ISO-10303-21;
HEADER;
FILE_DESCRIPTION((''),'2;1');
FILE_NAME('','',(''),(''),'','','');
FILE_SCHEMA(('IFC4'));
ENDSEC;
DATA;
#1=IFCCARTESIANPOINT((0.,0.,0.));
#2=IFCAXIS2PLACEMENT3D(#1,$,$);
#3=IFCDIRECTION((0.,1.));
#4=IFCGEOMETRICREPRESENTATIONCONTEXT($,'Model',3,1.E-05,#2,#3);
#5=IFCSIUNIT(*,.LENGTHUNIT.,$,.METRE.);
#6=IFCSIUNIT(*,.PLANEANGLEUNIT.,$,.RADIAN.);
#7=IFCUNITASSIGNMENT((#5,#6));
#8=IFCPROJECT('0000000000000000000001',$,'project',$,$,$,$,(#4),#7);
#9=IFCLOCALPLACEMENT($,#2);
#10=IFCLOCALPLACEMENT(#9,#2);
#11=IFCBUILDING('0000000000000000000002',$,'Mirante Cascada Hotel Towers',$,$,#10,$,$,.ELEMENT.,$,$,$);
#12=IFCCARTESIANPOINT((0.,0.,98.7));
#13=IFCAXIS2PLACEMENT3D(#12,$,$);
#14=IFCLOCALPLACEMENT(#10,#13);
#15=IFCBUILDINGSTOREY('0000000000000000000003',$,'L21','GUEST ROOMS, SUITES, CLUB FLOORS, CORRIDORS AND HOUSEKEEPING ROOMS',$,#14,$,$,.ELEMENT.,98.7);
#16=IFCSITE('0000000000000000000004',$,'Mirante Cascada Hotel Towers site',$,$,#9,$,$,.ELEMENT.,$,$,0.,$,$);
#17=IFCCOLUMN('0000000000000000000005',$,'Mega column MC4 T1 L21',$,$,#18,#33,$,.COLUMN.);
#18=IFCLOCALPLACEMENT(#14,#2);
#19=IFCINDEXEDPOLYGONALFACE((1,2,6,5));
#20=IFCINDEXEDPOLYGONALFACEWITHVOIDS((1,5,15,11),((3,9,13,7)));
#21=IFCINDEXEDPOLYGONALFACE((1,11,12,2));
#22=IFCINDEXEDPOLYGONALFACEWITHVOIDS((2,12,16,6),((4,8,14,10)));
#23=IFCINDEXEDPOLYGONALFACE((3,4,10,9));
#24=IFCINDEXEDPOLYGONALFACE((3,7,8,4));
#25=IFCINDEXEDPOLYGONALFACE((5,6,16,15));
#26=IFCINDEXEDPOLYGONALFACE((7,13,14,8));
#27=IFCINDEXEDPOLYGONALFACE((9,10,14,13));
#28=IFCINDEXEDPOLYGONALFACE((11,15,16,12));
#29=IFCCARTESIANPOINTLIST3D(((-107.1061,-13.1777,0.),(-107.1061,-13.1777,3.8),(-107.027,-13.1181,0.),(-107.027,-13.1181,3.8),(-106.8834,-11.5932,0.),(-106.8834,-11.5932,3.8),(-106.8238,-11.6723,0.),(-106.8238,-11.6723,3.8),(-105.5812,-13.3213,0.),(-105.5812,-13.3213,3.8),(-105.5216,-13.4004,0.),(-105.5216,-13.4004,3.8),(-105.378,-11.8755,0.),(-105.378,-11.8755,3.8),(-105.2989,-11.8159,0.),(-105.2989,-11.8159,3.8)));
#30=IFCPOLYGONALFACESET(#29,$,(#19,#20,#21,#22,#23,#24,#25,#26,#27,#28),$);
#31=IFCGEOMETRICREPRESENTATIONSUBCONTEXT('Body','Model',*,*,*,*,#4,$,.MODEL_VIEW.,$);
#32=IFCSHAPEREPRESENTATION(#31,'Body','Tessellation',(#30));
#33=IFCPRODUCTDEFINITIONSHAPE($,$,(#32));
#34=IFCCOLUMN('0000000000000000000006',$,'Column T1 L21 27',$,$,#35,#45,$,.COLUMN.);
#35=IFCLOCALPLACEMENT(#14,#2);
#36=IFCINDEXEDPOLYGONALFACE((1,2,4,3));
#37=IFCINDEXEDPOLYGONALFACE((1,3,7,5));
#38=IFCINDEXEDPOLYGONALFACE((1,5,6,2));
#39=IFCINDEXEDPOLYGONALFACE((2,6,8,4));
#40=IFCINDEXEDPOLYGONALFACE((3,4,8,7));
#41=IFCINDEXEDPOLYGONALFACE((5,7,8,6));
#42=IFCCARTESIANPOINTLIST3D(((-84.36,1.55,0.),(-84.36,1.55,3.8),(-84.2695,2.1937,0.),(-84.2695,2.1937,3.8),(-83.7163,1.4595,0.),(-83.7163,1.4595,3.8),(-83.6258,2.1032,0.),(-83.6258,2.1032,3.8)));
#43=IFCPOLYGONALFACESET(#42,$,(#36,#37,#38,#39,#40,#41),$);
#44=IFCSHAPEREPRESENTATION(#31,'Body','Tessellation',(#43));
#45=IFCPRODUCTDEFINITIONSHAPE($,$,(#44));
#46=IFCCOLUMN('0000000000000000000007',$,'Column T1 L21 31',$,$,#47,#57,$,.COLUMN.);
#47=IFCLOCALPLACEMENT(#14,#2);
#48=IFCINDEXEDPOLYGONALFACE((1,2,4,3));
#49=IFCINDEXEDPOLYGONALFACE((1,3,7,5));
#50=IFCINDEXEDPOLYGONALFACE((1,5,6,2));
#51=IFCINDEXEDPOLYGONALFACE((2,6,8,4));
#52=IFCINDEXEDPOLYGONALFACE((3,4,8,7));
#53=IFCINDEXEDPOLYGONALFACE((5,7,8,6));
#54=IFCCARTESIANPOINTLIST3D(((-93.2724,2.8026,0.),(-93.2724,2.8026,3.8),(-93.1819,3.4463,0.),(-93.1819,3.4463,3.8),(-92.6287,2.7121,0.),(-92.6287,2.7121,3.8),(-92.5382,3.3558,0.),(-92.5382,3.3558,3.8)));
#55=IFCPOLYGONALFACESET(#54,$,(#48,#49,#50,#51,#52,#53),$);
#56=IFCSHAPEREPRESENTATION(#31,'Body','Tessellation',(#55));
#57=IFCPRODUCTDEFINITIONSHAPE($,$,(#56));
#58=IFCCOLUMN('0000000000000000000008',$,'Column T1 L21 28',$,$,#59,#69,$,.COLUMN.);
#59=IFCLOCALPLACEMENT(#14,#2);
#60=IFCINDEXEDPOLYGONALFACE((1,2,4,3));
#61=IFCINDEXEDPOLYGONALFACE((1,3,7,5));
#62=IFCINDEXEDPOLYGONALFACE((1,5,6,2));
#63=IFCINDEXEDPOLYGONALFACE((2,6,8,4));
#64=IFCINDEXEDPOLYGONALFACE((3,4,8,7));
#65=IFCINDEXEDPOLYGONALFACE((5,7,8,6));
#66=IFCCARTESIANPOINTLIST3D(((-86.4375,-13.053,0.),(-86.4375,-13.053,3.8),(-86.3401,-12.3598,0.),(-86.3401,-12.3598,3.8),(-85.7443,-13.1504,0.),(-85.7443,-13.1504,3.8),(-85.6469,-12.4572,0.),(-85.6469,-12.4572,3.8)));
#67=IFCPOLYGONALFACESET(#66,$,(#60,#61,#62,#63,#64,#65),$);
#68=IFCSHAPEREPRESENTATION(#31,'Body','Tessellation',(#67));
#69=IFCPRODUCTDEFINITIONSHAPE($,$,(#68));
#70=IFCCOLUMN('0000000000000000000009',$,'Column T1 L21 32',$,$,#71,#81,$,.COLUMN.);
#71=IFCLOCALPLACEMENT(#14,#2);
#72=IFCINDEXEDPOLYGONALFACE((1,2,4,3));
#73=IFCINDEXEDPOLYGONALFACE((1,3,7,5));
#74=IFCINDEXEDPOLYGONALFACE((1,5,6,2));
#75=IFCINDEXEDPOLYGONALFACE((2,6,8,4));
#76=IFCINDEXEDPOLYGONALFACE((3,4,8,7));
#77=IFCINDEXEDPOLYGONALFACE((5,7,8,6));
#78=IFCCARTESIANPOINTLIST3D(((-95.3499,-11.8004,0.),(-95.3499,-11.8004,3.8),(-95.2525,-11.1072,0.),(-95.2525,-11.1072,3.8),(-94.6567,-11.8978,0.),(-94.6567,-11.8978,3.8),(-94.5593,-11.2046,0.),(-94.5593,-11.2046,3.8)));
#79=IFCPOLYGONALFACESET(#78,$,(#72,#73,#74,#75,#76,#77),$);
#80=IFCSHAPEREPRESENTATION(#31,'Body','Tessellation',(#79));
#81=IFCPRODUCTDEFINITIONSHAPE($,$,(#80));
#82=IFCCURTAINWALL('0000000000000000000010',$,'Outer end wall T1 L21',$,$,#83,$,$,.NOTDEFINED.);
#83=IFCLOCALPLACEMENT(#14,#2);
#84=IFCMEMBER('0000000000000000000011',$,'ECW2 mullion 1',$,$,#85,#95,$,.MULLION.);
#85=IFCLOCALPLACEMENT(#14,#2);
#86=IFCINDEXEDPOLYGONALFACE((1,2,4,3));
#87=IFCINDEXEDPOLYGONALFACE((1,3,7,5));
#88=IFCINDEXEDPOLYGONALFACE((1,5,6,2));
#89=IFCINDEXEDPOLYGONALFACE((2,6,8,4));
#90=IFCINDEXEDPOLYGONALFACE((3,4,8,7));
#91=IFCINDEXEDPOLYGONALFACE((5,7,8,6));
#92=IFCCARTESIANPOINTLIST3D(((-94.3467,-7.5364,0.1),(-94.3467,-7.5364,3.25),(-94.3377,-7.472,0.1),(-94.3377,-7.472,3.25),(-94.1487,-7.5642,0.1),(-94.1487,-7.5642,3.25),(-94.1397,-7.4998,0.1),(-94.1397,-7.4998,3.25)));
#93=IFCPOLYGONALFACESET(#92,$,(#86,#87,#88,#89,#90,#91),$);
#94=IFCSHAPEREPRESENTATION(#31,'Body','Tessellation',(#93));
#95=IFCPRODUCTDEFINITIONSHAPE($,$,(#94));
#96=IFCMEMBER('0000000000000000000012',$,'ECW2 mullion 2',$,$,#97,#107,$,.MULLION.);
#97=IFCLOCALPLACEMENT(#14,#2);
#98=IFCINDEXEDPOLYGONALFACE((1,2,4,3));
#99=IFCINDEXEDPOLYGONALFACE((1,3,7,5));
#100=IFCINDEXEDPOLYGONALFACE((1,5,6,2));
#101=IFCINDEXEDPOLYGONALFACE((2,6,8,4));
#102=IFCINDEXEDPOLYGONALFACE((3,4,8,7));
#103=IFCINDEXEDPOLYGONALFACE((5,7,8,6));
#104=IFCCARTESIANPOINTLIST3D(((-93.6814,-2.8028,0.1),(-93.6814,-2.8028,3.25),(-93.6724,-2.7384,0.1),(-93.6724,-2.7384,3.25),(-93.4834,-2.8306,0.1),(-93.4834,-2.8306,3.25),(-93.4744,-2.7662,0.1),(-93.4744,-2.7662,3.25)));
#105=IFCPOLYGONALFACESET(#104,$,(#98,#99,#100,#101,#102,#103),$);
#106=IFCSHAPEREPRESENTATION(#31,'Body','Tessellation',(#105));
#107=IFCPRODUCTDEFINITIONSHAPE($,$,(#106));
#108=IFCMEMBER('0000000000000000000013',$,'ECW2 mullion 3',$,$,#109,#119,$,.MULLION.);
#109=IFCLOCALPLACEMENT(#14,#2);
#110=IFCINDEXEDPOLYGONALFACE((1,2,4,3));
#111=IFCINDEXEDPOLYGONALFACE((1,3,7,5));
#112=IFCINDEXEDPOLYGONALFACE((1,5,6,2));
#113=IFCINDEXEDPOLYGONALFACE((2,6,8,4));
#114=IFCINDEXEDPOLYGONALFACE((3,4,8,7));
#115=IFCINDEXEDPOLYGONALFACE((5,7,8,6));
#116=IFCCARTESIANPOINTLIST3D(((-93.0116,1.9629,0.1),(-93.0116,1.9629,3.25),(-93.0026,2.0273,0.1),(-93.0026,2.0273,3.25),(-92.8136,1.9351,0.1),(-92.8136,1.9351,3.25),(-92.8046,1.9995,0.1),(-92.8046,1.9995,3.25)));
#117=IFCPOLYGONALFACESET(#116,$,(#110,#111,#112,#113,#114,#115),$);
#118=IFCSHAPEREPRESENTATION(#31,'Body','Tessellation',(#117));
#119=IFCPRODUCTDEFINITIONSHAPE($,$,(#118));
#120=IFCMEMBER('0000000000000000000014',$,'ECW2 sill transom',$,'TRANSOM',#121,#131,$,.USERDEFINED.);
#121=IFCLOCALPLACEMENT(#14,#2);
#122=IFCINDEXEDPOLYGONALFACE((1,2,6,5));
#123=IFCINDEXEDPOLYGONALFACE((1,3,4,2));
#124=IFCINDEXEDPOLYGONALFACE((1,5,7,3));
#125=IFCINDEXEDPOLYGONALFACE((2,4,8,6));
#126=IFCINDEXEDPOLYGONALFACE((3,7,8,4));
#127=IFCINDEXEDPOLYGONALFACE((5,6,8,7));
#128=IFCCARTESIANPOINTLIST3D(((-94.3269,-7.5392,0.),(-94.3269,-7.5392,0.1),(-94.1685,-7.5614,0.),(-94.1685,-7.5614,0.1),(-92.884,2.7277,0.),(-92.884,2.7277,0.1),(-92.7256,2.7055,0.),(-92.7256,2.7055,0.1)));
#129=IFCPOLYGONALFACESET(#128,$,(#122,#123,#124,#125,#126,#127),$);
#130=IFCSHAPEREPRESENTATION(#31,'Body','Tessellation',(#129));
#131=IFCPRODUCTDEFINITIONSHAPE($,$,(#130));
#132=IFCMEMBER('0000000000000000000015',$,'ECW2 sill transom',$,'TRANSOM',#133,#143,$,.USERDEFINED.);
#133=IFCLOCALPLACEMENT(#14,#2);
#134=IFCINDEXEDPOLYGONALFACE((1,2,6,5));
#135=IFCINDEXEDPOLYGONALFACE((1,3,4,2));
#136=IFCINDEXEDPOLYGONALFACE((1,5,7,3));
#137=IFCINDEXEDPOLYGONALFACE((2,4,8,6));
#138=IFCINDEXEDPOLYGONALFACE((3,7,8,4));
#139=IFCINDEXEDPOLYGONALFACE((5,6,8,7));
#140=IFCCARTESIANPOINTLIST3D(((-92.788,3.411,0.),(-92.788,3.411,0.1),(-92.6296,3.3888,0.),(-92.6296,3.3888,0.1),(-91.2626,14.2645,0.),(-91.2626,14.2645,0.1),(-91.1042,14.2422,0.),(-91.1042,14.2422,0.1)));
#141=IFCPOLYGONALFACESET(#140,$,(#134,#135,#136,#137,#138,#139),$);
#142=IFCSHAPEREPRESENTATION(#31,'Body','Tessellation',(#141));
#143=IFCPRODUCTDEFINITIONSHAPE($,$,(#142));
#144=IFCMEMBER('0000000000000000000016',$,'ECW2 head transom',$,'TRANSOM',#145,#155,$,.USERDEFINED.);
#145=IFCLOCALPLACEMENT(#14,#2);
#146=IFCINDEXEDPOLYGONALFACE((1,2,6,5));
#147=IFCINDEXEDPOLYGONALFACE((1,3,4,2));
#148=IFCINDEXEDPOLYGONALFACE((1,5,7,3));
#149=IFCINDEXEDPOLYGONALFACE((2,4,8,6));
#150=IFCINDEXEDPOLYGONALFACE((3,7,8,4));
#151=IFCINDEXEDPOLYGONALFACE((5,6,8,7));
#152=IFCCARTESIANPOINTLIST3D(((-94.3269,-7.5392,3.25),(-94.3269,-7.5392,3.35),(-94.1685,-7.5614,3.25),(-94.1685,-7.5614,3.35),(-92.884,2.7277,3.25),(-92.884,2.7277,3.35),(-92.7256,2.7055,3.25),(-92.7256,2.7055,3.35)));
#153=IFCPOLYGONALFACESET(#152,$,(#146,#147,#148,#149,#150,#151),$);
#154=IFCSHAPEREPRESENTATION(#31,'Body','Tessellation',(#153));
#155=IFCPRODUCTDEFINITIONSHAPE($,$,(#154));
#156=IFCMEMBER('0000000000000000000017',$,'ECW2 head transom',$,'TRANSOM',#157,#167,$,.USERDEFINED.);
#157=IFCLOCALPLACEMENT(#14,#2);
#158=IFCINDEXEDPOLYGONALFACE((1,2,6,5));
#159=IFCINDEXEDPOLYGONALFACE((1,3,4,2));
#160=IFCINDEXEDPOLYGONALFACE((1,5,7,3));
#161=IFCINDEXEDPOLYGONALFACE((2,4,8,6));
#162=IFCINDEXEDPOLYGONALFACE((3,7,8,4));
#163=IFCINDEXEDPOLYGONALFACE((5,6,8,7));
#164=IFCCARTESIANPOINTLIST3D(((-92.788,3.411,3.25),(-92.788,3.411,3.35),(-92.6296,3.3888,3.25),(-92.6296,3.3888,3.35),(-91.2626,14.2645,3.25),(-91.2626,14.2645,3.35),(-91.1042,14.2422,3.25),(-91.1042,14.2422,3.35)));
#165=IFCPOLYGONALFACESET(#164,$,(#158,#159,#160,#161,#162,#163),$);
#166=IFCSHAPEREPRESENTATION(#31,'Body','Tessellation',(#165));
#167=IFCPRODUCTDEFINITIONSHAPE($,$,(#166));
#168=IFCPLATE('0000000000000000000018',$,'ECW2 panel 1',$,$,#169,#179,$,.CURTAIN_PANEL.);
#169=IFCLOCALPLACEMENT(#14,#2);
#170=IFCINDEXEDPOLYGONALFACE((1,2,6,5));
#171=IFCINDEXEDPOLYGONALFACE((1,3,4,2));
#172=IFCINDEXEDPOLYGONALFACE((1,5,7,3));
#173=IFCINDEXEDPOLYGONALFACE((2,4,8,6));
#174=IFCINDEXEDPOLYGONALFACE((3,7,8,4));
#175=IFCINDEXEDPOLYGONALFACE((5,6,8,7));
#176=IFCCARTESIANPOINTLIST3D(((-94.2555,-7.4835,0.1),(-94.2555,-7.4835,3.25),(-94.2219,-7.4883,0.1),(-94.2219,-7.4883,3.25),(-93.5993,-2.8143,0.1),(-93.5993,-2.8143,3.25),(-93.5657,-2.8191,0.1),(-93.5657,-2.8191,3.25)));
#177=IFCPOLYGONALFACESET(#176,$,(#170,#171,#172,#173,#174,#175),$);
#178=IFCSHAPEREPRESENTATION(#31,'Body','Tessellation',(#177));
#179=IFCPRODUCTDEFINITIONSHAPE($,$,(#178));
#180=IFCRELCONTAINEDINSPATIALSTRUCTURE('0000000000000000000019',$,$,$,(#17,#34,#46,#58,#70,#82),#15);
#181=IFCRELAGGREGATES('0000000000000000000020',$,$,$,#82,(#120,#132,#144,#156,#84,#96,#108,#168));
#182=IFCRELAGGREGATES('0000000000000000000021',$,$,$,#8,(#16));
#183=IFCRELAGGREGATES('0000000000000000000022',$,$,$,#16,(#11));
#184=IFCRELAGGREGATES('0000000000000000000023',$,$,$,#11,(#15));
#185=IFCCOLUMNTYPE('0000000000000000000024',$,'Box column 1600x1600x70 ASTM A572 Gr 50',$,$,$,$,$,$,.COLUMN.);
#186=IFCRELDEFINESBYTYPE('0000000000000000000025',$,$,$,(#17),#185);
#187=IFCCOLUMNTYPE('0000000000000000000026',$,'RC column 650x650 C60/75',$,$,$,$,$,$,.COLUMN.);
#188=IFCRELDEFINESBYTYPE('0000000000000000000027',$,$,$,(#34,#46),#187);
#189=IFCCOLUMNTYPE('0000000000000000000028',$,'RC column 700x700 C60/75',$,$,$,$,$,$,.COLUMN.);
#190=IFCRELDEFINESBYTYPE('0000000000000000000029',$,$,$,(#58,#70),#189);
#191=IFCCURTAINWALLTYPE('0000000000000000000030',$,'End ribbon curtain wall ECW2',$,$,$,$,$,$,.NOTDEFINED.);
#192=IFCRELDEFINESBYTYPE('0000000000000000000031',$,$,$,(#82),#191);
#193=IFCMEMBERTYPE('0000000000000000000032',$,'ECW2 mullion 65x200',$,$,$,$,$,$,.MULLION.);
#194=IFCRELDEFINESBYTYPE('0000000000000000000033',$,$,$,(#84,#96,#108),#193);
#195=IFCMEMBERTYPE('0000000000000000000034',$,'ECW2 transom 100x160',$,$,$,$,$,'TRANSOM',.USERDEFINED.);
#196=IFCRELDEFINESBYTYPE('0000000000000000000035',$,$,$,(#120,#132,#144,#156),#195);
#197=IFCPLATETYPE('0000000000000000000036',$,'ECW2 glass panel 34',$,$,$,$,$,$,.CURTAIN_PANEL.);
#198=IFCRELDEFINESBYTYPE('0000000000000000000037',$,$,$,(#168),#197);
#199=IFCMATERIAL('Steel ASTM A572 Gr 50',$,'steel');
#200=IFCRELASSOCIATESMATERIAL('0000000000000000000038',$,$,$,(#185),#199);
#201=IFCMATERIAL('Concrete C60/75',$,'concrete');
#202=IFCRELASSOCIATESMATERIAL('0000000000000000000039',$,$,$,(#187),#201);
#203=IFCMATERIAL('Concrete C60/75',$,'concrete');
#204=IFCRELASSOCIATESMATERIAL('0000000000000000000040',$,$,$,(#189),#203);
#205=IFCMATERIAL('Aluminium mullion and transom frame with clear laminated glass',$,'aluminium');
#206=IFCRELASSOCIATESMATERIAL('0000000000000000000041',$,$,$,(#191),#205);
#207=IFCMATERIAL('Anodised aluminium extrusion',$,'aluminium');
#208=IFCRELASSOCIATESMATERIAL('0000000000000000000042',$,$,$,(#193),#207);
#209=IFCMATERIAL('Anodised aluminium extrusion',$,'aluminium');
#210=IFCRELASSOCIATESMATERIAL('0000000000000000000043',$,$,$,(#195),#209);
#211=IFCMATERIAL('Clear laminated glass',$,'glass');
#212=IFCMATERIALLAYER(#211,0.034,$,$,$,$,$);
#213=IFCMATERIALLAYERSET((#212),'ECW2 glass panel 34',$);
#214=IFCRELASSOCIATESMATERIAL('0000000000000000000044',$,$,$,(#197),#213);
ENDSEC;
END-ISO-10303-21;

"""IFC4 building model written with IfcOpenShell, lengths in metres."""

from ifc_helpers import new_model, si_unit, direction, frame, origin, origin_2d, place, context, subcontext, project, spatial, rectangle, hollow_rectangle, extrude, material, layer, layer_set, material_profile, profile_set, type_object, element, aggregate, save


model = new_model("IFC4")

# Units and contexts
model_context = context("Model", 3, precision=1e-05, world=origin(), true_north=direction((0.0, 1.0)))
body_context = subcontext(model_context, "Body", "Model", "MODEL_VIEW")
ifc_project = project(units=[si_unit("LENGTHUNIT", "METRE"), si_unit("PLANEANGLEUNIT", "RADIAN")], contexts=[model_context])

# Site, building, storey
site_placement = place(None, origin())
site = spatial("IfcSite", under=ifc_project, at=site_placement, Name="Mirante Cascada Hotel Towers site", CompositionType="ELEMENT", RefElevation=0.0)
building_placement = place(site_placement, origin())
building = spatial("IfcBuilding", under=site, at=building_placement, Name="Mirante Cascada Hotel Towers", CompositionType="ELEMENT")
storey_placement = place(building_placement, frame((0.0, 0.0, 98.7)))
storey = spatial("IfcBuildingStorey", under=building, at=storey_placement, Name="L21", Description="GUEST ROOMS, SUITES, CLUB FLOORS, CORRIDORS AND HOUSEKEEPING ROOMS", CompositionType="ELEMENT", Elevation=98.7)

# Columns
ifc_material_1 = material(Name="Steel ASTM A572 Gr 50", Category="steel")
ifc_material_profile_1 = material_profile(ifc_material_1, hollow_rectangle(XDim=1.6, YDim=1.6, WallThickness=0.07, at=origin_2d()), Name="Box column 1600x1600x70 ASTM A572 Gr 50")
ifc_profile_set_1 = profile_set([ifc_material_profile_1], Name="Steel ASTM A572 Gr 50")
column_type_1 = type_object("IfcColumnType", Name="Box column 1600x1600x70 ASTM A572 Gr 50", PredefinedType="COLUMN", material=ifc_profile_set_1)
column_placement = place(storey_placement, frame((-106.2025, -12.4968, 0.0), z_axis=(0.0, 0.0, 1.0), x_axis=(-0.990268, 0.139173, 0.0)))
element("IfcColumn", 1, at=column_placement, inside=storey, type_object=column_type_1, Name="Mega column MC4 T1 L21", PredefinedType="COLUMN", context=body_context, shape_type="SweptSolid", body=[
    extrude(hollow_rectangle(XDim=1.6, YDim=1.6, WallThickness=0.07, at=origin_2d()), origin(), (0.0, 0.0, 1.0), 3.8),
])
ifc_material_2 = material(Name="Concrete C60/75", Category="concrete")
ifc_material_profile_2 = material_profile(ifc_material_2, rectangle(XDim=0.65, YDim=0.65, at=origin_2d()), Name="RC column 650x650 C60/75")
ifc_profile_set_2 = profile_set([ifc_material_profile_2], Name="Concrete C60/75")
column_type_2 = type_object("IfcColumnType", Name="RC column 650x650 C60/75", PredefinedType="COLUMN", material=ifc_profile_set_2)
for number, where, z_axis, x_axis, name in (
    (2, (-83.9929, 1.8266, 0.0), (0.0, 0.0, 1.0), (-0.990268, 0.139173, 0.0), "Column T1 L21 27"),
    (3, (-92.9053, 3.0792, 0.0), (0.0, 0.0, 1.0), (-0.990268, 0.139173, 0.0), "Column T1 L21 31"),
):
    element("IfcColumn", number, at=place(storey_placement, frame(where, z_axis=z_axis, x_axis=x_axis)), inside=storey, type_object=column_type_2, Name=name, PredefinedType="COLUMN", context=body_context, shape_type="SweptSolid", body=[
        extrude(rectangle(XDim=0.65, YDim=0.65, at=origin_2d()), origin(), (0.0, 0.0, 1.0), 3.8),
    ])
ifc_material_3 = material(Name="Concrete C60/75", Category="concrete")
ifc_material_profile_3 = material_profile(ifc_material_3, rectangle(XDim=0.7, YDim=0.7, at=origin_2d()), Name="RC column 700x700 C60/75")
ifc_profile_set_3 = profile_set([ifc_material_profile_3], Name="Concrete C60/75")
column_type_3 = type_object("IfcColumnType", Name="RC column 700x700 C60/75", PredefinedType="COLUMN", material=ifc_profile_set_3)
for number, where, z_axis, x_axis, name in (
    (4, (-86.0422, -12.7551, 0.0), (0.0, 0.0, 1.0), (-0.990268, 0.139173, 0.0), "Column T1 L21 28"),
    (5, (-94.9546, -11.5025, 0.0), (0.0, 0.0, 1.0), (-0.990268, 0.139173, 0.0), "Column T1 L21 32"),
):
    element("IfcColumn", number, at=place(storey_placement, frame(where, z_axis=z_axis, x_axis=x_axis)), inside=storey, type_object=column_type_3, Name=name, PredefinedType="COLUMN", context=body_context, shape_type="SweptSolid", body=[
        extrude(rectangle(XDim=0.7, YDim=0.7, at=origin_2d()), origin(), (0.0, 0.0, 1.0), 3.8),
    ])

# Curtain wall, members, plate
ifc_material_4 = material(Name="Aluminium mullion and transom frame with clear laminated glass", Category="aluminium")
curtain_wall_type = type_object("IfcCurtainWallType", Name="End ribbon curtain wall ECW2", PredefinedType="NOTDEFINED", material=ifc_material_4)
curtain_wall_placement = place(storey_placement, origin())
curtain_wall = element("IfcCurtainWall", 6, at=curtain_wall_placement, inside=storey, type_object=curtain_wall_type, Name="Outer end wall T1 L21", PredefinedType="NOTDEFINED")
ifc_material_5 = material(Name="Anodised aluminium extrusion", Category="aluminium")
ifc_material_profile_4 = material_profile(ifc_material_5, rectangle(XDim=0.2, YDim=0.065, at=origin_2d()), Name="ECW2 MULLION 65x200")
ifc_profile_set_4 = profile_set([ifc_material_profile_4], Name="Anodised aluminium extrusion")
member_type_1 = type_object("IfcMemberType", Name="ECW2 mullion 65x200", PredefinedType="MULLION", material=ifc_profile_set_4)
member_1_placement = place(storey_placement, frame((-94.2432, -7.5181, 0.1), z_axis=(0.0, 0.0, 1.0), x_axis=(-0.990268, 0.139173, 0.0)))
member_1 = element("IfcMember", 7, at=member_1_placement, type_object=member_type_1, Name="ECW2 mullion 1", PredefinedType="MULLION", context=body_context, shape_type="SweptSolid", body=[
    extrude(rectangle(XDim=0.2, YDim=0.065, at=origin_2d()), origin(), (0.0, 0.0, 1.0), 3.15),
])
member_2_placement = place(storey_placement, frame((-93.5779, -2.7845, 0.1), z_axis=(0.0, 0.0, 1.0), x_axis=(-0.990268, 0.139173, 0.0)))
member_2 = element("IfcMember", 8, at=member_2_placement, type_object=member_type_1, Name="ECW2 mullion 2", PredefinedType="MULLION", context=body_context, shape_type="SweptSolid", body=[
    extrude(rectangle(XDim=0.2, YDim=0.065, at=origin_2d()), origin(), (0.0, 0.0, 1.0), 3.15),
])
member_3_placement = place(storey_placement, frame((-92.9081, 1.9812, 0.1), z_axis=(0.0, 0.0, 1.0), x_axis=(-0.990268, 0.139173, 0.0)))
member_3 = element("IfcMember", 9, at=member_3_placement, type_object=member_type_1, Name="ECW2 mullion 3", PredefinedType="MULLION", context=body_context, shape_type="SweptSolid", body=[
    extrude(rectangle(XDim=0.2, YDim=0.065, at=origin_2d()), origin(), (0.0, 0.0, 1.0), 3.15),
])
ifc_material_6 = material(Name="Anodised aluminium extrusion", Category="aluminium")
ifc_material_profile_5 = material_profile(ifc_material_6, rectangle(XDim=0.16, YDim=0.1, at=origin_2d()), Name="ECW2 TRANSOM 100x160")
ifc_profile_set_5 = profile_set([ifc_material_profile_5], Name="Anodised aluminium extrusion")
member_type_2 = type_object("IfcMemberType", Name="ECW2 transom 100x160", ElementType="TRANSOM", PredefinedType="USERDEFINED", material=ifc_profile_set_5)
member_4_placement = place(storey_placement, frame((-94.2477, -7.5503, 0.05), z_axis=(0.139171, 0.990268, 0.0), x_axis=(-0.990268, 0.139171, 0.0)))
member_4 = element("IfcMember", 10, at=member_4_placement, type_object=member_type_2, Name="ECW2 sill transom", ObjectType="TRANSOM", PredefinedType="USERDEFINED", context=body_context, shape_type="SweptSolid", body=[
    extrude(rectangle(XDim=0.16, YDim=0.1, at=origin_2d()), origin(), (0.0, 0.0, 1.0), 10.3678),
])
member_5_placement = place(storey_placement, frame((-92.7088, 3.3999, 0.05), z_axis=(0.139178, 0.990267, 0.0), x_axis=(-0.990267, 0.139178, 0.0)))
member_5 = element("IfcMember", 11, at=member_5_placement, type_object=member_type_2, Name="ECW2 sill transom", ObjectType="TRANSOM", PredefinedType="USERDEFINED", context=body_context, shape_type="SweptSolid", body=[
    extrude(rectangle(XDim=0.16, YDim=0.1, at=origin_2d()), origin(), (0.0, 0.0, 1.0), 10.9601),
])
member_6_placement = place(storey_placement, frame((-94.2477, -7.5503, 3.3), z_axis=(0.139171, 0.990268, 0.0), x_axis=(-0.990268, 0.139171, 0.0)))
member_6 = element("IfcMember", 12, at=member_6_placement, type_object=member_type_2, Name="ECW2 head transom", ObjectType="TRANSOM", PredefinedType="USERDEFINED", context=body_context, shape_type="SweptSolid", body=[
    extrude(rectangle(XDim=0.16, YDim=0.1, at=origin_2d()), origin(), (0.0, 0.0, 1.0), 10.3678),
])
member_7_placement = place(storey_placement, frame((-92.7088, 3.3999, 3.3), z_axis=(0.139178, 0.990267, 0.0), x_axis=(-0.990267, 0.139178, 0.0)))
member_7 = element("IfcMember", 13, at=member_7_placement, type_object=member_type_2, Name="ECW2 head transom", ObjectType="TRANSOM", PredefinedType="USERDEFINED", context=body_context, shape_type="SweptSolid", body=[
    extrude(rectangle(XDim=0.16, YDim=0.1, at=origin_2d()), origin(), (0.0, 0.0, 1.0), 10.9601),
])
ifc_material_7 = material(Name="Clear laminated glass", Category="glass")
ifc_layer_1 = layer(ifc_material_7, 0.034)
ifc_layer_set_1 = layer_set([ifc_layer_1], Name="ECW2 glass panel 34")
plate_type = type_object("IfcPlateType", Name="ECW2 glass panel 34", PredefinedType="CURTAIN_PANEL", material=ifc_layer_set_1)
plate_1_placement = place(storey_placement, frame((-93.9106, -5.1513, 0.1), z_axis=(0.0, 0.0, 1.0), x_axis=(0.139173, 0.990268, 0.0)))
plate_1 = element("IfcPlate", 14, at=plate_1_placement, type_object=plate_type, Name="ECW2 panel 1", PredefinedType="CURTAIN_PANEL", context=body_context, shape_type="SweptSolid", body=[
    extrude(rectangle(XDim=4.7151, YDim=0.034, at=origin_2d()), origin(), (0.0, 0.0, 1.0), 3.15),
])
aggregate(curtain_wall, [member_4, member_5, member_6, member_7, member_1, member_2, member_3, plate_1])

save(model, "model.ifc")
